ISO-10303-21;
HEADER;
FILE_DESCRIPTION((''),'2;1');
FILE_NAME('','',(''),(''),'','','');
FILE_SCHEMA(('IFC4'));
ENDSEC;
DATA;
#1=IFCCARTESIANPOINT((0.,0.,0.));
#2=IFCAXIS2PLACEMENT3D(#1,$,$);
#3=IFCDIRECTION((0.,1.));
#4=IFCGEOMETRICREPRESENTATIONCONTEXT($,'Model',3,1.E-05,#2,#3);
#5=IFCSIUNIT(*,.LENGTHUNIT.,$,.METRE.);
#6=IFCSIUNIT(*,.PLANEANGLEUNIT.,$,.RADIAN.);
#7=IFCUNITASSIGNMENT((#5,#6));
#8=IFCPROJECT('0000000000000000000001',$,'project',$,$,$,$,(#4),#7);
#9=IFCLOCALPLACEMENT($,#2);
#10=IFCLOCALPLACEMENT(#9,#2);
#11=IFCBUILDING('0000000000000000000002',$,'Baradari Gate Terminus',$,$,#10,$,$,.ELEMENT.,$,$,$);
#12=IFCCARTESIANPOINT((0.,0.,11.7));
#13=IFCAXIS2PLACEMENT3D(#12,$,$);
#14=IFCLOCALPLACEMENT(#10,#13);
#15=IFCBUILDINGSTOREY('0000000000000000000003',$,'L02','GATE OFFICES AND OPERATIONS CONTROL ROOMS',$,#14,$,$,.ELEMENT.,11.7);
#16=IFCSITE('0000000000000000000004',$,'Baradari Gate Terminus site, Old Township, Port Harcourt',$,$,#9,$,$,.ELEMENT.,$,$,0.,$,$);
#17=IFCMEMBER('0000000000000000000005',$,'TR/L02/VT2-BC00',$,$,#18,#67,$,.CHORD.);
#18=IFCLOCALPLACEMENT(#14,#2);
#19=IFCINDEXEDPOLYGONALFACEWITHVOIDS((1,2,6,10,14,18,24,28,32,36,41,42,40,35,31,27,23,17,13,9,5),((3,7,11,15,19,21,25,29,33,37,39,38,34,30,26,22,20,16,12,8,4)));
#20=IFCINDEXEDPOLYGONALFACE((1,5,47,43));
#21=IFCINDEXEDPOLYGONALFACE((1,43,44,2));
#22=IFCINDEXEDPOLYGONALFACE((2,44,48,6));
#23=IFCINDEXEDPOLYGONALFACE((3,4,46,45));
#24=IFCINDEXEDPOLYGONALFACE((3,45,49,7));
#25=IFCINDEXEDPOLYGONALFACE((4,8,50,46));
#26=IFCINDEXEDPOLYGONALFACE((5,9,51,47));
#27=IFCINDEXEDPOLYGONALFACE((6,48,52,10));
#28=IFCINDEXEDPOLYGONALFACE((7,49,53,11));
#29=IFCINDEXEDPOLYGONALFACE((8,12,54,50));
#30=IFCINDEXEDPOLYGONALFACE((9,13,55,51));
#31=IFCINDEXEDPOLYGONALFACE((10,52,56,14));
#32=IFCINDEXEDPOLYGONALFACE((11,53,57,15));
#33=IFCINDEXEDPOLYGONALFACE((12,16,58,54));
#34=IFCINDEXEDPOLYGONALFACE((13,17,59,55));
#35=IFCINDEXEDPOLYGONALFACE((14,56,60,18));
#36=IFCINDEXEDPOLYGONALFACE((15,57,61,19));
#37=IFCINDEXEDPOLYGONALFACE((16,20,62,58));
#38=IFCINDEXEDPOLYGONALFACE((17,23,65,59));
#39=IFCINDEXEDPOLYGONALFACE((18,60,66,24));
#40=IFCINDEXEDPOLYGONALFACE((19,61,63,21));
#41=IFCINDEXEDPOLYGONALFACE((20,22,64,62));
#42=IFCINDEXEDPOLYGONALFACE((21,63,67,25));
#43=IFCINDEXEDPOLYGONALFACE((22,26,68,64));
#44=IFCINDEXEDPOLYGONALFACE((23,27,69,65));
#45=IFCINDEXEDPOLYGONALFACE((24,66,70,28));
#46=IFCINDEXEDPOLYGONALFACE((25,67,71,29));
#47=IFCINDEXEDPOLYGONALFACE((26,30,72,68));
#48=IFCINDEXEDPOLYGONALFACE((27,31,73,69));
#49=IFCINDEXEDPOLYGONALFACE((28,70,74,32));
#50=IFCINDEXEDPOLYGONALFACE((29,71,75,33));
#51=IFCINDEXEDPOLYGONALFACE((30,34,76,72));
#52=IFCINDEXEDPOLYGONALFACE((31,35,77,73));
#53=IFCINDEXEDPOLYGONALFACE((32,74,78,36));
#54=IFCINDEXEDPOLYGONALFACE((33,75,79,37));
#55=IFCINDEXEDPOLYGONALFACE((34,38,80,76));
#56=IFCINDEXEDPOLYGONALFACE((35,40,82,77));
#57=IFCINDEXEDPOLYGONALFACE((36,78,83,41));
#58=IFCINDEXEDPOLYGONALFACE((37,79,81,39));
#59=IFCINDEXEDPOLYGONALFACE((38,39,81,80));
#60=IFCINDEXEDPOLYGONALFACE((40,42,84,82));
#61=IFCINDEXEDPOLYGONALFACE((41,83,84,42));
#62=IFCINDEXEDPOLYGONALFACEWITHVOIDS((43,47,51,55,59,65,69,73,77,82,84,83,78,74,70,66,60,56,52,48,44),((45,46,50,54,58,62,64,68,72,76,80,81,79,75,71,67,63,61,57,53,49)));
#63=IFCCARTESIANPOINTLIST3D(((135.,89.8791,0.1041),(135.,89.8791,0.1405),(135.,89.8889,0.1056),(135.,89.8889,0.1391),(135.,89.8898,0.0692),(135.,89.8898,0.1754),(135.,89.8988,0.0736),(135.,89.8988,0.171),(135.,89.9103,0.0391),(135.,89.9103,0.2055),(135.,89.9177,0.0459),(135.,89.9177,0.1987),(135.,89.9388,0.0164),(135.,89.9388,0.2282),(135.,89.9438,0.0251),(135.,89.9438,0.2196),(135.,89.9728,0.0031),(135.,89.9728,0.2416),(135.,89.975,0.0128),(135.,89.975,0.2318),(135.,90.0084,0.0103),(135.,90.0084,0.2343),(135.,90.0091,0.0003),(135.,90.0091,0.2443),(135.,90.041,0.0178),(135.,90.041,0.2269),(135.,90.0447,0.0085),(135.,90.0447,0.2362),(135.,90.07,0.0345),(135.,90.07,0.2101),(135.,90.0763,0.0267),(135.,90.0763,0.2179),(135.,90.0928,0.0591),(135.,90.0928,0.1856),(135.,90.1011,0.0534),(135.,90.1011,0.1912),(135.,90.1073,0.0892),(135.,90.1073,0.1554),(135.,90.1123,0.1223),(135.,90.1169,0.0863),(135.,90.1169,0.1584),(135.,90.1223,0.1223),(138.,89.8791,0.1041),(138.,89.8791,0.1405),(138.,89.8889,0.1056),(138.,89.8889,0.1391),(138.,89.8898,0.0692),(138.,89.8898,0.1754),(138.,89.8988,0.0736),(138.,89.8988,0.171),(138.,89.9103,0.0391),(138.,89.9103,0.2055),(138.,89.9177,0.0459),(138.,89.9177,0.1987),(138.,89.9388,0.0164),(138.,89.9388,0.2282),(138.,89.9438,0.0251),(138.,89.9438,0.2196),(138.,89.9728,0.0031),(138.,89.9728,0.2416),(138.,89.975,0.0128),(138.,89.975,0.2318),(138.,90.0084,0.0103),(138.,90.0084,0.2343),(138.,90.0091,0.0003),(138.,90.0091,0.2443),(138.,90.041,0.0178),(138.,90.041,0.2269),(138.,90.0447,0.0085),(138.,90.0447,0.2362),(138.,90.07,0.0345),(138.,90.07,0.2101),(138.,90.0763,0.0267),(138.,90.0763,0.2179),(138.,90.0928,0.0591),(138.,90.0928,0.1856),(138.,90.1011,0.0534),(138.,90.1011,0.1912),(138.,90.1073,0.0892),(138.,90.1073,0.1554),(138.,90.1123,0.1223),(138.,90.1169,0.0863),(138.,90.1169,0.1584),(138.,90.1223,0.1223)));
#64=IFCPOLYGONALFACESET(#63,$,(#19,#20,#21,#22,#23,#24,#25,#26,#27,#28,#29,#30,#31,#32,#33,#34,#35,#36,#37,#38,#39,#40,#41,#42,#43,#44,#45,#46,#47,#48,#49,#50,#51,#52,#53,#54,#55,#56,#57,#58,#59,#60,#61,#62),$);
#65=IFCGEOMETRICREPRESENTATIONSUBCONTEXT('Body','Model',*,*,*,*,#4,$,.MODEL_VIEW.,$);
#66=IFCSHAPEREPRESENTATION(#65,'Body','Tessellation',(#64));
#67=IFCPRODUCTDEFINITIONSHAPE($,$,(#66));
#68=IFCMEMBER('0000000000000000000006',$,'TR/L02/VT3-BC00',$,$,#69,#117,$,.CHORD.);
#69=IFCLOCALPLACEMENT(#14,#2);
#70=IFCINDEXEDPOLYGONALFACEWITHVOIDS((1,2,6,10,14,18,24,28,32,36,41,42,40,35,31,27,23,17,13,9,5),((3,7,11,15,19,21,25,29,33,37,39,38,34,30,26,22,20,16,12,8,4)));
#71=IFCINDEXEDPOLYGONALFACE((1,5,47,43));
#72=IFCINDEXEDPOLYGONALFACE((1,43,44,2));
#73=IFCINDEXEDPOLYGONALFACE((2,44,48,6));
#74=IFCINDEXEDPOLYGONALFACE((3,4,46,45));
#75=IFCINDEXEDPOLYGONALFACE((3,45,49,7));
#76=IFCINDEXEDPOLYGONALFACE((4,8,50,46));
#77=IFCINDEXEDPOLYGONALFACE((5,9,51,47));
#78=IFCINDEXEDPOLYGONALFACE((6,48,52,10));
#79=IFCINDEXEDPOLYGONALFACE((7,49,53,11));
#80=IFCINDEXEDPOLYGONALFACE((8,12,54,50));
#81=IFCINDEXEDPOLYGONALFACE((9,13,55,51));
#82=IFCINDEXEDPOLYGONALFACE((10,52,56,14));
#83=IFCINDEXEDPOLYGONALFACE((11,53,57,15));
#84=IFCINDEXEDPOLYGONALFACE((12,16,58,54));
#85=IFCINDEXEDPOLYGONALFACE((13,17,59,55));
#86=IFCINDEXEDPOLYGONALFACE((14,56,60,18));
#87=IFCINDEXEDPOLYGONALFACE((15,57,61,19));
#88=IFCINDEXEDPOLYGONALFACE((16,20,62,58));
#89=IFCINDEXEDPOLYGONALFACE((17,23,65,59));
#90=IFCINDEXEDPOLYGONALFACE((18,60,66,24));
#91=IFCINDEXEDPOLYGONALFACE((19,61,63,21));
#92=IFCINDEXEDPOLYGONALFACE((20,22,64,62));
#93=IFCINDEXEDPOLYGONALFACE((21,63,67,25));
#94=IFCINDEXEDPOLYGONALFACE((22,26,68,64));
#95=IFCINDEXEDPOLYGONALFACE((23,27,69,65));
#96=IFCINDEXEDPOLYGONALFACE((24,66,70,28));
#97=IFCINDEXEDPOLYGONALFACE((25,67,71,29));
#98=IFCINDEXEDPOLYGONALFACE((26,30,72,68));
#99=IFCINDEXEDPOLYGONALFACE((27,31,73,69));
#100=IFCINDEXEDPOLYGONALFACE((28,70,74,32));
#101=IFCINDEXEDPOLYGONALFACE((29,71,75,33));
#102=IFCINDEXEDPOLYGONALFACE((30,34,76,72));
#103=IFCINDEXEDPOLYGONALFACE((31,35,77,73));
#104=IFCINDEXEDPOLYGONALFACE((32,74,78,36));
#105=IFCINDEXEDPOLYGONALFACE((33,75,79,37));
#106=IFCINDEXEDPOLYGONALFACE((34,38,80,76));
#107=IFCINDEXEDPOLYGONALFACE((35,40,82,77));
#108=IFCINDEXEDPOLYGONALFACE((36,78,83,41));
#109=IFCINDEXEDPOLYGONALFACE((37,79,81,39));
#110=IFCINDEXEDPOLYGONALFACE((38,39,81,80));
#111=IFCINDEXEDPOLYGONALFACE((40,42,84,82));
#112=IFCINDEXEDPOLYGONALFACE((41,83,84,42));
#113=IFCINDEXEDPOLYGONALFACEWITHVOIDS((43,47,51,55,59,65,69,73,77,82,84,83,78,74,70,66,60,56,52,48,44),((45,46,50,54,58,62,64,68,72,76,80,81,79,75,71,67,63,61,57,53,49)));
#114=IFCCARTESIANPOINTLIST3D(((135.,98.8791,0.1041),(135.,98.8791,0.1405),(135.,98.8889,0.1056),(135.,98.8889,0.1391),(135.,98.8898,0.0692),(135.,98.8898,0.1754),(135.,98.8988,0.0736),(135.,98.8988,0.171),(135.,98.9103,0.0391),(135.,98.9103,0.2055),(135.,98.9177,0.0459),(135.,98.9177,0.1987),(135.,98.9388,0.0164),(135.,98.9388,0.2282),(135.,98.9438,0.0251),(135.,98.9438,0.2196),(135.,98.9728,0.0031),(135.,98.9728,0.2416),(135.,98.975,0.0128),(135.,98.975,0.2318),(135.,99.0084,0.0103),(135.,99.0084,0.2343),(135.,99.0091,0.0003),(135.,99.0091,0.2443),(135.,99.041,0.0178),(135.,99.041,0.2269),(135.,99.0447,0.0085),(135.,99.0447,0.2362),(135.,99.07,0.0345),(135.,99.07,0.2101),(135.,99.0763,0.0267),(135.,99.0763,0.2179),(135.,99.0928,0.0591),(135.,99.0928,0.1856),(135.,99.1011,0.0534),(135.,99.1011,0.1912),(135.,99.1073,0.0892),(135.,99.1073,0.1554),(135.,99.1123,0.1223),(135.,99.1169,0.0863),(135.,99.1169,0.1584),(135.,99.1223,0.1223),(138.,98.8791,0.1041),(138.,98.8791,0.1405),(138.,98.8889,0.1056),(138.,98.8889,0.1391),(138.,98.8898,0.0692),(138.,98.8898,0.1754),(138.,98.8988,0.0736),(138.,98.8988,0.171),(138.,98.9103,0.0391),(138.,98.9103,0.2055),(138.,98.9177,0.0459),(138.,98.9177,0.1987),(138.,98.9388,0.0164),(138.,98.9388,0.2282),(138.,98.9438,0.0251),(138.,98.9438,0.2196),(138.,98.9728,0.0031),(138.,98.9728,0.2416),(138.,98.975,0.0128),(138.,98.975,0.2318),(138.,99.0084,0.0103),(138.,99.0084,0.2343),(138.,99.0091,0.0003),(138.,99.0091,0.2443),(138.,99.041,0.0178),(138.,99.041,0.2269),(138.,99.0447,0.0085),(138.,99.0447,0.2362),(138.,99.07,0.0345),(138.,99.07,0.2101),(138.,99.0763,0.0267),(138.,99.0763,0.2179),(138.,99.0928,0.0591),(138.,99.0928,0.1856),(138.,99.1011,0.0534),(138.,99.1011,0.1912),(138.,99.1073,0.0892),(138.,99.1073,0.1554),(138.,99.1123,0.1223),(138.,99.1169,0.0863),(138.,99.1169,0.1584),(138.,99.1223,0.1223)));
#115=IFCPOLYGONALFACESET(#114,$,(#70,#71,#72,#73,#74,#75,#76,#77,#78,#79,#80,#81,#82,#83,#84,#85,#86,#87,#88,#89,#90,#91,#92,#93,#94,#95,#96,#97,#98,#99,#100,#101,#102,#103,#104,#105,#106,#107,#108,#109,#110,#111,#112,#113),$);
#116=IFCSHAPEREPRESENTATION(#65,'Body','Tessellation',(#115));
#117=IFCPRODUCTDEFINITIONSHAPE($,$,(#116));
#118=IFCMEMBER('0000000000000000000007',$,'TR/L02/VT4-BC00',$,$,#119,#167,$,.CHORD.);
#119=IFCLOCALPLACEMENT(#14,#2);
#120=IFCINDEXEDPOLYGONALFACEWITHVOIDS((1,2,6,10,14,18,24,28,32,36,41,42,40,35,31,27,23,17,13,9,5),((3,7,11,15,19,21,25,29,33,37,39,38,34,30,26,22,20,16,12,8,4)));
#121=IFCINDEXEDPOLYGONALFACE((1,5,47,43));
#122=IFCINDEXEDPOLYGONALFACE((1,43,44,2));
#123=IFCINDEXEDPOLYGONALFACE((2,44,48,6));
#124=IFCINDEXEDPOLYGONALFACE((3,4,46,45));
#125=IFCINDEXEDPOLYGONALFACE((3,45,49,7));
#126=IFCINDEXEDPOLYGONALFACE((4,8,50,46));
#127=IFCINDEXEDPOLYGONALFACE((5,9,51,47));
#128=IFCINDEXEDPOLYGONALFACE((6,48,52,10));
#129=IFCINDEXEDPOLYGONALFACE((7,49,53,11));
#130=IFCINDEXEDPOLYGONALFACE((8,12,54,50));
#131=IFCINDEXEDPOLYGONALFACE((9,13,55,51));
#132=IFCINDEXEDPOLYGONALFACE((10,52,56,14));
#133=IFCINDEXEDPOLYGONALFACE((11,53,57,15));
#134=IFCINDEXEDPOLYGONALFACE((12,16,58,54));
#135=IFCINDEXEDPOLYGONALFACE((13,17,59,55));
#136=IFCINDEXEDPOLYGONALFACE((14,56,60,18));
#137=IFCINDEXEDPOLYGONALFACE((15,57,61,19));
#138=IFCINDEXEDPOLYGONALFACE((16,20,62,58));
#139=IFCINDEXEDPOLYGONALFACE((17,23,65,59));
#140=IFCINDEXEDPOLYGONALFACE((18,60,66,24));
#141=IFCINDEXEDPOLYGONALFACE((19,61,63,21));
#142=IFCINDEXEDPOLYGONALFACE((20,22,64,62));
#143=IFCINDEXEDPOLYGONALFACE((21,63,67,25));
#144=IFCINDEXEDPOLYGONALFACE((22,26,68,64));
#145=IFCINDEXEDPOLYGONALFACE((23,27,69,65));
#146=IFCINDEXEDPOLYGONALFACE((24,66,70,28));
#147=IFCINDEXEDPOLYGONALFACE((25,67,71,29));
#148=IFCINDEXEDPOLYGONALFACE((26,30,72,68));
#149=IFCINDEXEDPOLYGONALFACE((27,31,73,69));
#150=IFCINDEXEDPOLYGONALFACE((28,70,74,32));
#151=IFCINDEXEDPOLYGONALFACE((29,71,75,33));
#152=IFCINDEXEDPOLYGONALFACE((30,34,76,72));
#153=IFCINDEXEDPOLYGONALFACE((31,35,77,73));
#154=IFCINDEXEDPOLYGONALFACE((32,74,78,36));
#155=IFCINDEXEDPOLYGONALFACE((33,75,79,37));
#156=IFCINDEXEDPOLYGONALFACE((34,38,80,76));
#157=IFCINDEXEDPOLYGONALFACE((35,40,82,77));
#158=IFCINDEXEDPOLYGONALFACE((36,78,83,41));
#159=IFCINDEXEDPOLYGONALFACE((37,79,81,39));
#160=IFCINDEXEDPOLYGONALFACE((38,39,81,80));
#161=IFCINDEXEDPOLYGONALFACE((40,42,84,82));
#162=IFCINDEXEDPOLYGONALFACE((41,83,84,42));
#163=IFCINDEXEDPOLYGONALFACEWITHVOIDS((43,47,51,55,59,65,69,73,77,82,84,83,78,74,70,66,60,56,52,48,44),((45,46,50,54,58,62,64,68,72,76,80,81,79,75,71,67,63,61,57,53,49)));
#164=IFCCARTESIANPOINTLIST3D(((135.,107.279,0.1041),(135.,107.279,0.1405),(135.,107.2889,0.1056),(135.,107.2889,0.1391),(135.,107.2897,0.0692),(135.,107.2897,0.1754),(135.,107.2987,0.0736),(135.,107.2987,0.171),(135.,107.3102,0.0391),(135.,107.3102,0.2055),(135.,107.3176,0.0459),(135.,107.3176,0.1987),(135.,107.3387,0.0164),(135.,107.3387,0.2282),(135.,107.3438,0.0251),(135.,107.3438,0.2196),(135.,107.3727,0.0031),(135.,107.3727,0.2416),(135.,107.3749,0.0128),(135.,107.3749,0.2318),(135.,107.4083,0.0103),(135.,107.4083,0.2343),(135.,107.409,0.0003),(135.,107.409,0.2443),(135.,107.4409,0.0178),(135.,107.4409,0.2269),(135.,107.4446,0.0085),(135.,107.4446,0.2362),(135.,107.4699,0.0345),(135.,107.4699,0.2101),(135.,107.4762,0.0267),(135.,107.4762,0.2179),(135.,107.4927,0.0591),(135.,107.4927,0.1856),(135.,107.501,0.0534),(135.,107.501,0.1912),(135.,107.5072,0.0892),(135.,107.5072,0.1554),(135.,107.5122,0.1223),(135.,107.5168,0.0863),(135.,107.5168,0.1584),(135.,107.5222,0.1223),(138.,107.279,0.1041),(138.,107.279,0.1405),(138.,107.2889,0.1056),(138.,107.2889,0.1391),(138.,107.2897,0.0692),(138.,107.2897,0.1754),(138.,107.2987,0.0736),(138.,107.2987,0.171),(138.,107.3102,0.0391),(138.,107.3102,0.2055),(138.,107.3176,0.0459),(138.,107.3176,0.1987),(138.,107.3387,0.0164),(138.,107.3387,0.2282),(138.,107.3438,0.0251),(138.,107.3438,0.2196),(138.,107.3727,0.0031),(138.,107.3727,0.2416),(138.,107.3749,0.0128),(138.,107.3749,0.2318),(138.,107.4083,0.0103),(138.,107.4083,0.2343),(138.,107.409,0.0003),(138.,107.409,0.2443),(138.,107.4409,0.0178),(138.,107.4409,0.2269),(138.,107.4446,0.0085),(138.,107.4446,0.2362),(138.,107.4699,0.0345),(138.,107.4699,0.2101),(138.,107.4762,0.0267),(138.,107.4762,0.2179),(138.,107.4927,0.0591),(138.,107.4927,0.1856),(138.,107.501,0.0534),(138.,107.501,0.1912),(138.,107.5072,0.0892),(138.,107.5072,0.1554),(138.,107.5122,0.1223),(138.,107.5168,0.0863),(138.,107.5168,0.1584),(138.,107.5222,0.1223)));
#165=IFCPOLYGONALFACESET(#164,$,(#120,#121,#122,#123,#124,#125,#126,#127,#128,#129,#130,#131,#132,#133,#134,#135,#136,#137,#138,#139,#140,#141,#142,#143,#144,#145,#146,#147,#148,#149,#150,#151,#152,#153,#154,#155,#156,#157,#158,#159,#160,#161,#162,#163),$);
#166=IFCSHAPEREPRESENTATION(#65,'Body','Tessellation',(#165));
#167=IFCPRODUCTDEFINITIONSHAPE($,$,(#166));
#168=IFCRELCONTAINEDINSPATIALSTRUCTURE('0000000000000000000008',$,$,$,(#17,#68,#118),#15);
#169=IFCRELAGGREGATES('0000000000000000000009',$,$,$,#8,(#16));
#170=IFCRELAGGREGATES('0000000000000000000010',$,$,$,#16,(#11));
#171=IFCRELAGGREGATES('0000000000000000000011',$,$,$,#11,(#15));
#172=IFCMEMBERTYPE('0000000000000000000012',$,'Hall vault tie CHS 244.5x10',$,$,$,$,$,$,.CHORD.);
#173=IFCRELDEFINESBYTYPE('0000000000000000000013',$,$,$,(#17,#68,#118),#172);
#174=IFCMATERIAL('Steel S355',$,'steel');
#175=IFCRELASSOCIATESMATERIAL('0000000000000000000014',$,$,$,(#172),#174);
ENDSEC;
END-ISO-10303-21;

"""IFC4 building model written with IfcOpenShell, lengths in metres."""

from ifc_helpers import new_model, si_unit, direction, frame, origin, origin_2d, place, context, subcontext, project, spatial, hollow_circle, extrude, material, material_profile, profile_set, type_object, element, save


model = new_model("IFC4")

# Units and contexts
model_context = context("Model", 3, precision=1e-05, world=origin(), true_north=direction((0.0, 1.0)))
body_context = subcontext(model_context, "Body", "Model", "MODEL_VIEW")
ifc_project = project(units=[si_unit("LENGTHUNIT", "METRE"), si_unit("PLANEANGLEUNIT", "RADIAN")], contexts=[model_context])

# Site, building, storey
site_placement = place(None, origin())
site = spatial("IfcSite", under=ifc_project, at=site_placement, Name="Baradari Gate Terminus site, Old Township, Port Harcourt", CompositionType="ELEMENT", RefElevation=0.0)
building_placement = place(site_placement, origin())
building = spatial("IfcBuilding", under=site, at=building_placement, Name="Baradari Gate Terminus", CompositionType="ELEMENT")
storey_placement = place(building_placement, frame((0.0, 0.0, 11.7)))
storey = spatial("IfcBuildingStorey", under=building, at=storey_placement, Name="L02", Description="GATE OFFICES AND OPERATIONS CONTROL ROOMS", CompositionType="ELEMENT", Elevation=11.7)

# Members
ifc_material_1 = material(Name="Steel S355", Category="steel")
ifc_material_profile_1 = material_profile(ifc_material_1, hollow_circle(Radius=0.1223, WallThickness=0.01, at=origin_2d()), Name="CHS 244.5x10")
ifc_profile_set_1 = profile_set([ifc_material_profile_1], Name="Steel S355")
member_type_1 = type_object("IfcMemberType", Name="Hall vault tie CHS 244.5x10", PredefinedType="CHORD", material=ifc_profile_set_1)
for number, where, z_axis, x_axis, name in (
    (1, (135.0, 90.0, 0.1223), (1.0, 0.0, 0.0), (0.0, 1.0, 0.0), "TR/L02/VT2-BC00"),
    (2, (135.0, 99.0, 0.1223), (1.0, 0.0, 0.0), (0.0, 1.0, 0.0), "TR/L02/VT3-BC00"),
    (3, (135.0, 107.3999, 0.1223), (1.0, 0.0, 0.0), (0.0, 1.0, 0.0), "TR/L02/VT4-BC00"),
):
    element("IfcMember", number, at=place(storey_placement, frame(where, z_axis=z_axis, x_axis=x_axis)), inside=storey, type_object=member_type_1, Name=name, PredefinedType="CHORD", context=body_context, shape_type="SweptSolid", body=[
        extrude(hollow_circle(Radius=0.1223, WallThickness=0.01, at=origin_2d()), origin(), (0.0, 0.0, 1.0), 3.0),
    ])

save(model, "model.ifc")
